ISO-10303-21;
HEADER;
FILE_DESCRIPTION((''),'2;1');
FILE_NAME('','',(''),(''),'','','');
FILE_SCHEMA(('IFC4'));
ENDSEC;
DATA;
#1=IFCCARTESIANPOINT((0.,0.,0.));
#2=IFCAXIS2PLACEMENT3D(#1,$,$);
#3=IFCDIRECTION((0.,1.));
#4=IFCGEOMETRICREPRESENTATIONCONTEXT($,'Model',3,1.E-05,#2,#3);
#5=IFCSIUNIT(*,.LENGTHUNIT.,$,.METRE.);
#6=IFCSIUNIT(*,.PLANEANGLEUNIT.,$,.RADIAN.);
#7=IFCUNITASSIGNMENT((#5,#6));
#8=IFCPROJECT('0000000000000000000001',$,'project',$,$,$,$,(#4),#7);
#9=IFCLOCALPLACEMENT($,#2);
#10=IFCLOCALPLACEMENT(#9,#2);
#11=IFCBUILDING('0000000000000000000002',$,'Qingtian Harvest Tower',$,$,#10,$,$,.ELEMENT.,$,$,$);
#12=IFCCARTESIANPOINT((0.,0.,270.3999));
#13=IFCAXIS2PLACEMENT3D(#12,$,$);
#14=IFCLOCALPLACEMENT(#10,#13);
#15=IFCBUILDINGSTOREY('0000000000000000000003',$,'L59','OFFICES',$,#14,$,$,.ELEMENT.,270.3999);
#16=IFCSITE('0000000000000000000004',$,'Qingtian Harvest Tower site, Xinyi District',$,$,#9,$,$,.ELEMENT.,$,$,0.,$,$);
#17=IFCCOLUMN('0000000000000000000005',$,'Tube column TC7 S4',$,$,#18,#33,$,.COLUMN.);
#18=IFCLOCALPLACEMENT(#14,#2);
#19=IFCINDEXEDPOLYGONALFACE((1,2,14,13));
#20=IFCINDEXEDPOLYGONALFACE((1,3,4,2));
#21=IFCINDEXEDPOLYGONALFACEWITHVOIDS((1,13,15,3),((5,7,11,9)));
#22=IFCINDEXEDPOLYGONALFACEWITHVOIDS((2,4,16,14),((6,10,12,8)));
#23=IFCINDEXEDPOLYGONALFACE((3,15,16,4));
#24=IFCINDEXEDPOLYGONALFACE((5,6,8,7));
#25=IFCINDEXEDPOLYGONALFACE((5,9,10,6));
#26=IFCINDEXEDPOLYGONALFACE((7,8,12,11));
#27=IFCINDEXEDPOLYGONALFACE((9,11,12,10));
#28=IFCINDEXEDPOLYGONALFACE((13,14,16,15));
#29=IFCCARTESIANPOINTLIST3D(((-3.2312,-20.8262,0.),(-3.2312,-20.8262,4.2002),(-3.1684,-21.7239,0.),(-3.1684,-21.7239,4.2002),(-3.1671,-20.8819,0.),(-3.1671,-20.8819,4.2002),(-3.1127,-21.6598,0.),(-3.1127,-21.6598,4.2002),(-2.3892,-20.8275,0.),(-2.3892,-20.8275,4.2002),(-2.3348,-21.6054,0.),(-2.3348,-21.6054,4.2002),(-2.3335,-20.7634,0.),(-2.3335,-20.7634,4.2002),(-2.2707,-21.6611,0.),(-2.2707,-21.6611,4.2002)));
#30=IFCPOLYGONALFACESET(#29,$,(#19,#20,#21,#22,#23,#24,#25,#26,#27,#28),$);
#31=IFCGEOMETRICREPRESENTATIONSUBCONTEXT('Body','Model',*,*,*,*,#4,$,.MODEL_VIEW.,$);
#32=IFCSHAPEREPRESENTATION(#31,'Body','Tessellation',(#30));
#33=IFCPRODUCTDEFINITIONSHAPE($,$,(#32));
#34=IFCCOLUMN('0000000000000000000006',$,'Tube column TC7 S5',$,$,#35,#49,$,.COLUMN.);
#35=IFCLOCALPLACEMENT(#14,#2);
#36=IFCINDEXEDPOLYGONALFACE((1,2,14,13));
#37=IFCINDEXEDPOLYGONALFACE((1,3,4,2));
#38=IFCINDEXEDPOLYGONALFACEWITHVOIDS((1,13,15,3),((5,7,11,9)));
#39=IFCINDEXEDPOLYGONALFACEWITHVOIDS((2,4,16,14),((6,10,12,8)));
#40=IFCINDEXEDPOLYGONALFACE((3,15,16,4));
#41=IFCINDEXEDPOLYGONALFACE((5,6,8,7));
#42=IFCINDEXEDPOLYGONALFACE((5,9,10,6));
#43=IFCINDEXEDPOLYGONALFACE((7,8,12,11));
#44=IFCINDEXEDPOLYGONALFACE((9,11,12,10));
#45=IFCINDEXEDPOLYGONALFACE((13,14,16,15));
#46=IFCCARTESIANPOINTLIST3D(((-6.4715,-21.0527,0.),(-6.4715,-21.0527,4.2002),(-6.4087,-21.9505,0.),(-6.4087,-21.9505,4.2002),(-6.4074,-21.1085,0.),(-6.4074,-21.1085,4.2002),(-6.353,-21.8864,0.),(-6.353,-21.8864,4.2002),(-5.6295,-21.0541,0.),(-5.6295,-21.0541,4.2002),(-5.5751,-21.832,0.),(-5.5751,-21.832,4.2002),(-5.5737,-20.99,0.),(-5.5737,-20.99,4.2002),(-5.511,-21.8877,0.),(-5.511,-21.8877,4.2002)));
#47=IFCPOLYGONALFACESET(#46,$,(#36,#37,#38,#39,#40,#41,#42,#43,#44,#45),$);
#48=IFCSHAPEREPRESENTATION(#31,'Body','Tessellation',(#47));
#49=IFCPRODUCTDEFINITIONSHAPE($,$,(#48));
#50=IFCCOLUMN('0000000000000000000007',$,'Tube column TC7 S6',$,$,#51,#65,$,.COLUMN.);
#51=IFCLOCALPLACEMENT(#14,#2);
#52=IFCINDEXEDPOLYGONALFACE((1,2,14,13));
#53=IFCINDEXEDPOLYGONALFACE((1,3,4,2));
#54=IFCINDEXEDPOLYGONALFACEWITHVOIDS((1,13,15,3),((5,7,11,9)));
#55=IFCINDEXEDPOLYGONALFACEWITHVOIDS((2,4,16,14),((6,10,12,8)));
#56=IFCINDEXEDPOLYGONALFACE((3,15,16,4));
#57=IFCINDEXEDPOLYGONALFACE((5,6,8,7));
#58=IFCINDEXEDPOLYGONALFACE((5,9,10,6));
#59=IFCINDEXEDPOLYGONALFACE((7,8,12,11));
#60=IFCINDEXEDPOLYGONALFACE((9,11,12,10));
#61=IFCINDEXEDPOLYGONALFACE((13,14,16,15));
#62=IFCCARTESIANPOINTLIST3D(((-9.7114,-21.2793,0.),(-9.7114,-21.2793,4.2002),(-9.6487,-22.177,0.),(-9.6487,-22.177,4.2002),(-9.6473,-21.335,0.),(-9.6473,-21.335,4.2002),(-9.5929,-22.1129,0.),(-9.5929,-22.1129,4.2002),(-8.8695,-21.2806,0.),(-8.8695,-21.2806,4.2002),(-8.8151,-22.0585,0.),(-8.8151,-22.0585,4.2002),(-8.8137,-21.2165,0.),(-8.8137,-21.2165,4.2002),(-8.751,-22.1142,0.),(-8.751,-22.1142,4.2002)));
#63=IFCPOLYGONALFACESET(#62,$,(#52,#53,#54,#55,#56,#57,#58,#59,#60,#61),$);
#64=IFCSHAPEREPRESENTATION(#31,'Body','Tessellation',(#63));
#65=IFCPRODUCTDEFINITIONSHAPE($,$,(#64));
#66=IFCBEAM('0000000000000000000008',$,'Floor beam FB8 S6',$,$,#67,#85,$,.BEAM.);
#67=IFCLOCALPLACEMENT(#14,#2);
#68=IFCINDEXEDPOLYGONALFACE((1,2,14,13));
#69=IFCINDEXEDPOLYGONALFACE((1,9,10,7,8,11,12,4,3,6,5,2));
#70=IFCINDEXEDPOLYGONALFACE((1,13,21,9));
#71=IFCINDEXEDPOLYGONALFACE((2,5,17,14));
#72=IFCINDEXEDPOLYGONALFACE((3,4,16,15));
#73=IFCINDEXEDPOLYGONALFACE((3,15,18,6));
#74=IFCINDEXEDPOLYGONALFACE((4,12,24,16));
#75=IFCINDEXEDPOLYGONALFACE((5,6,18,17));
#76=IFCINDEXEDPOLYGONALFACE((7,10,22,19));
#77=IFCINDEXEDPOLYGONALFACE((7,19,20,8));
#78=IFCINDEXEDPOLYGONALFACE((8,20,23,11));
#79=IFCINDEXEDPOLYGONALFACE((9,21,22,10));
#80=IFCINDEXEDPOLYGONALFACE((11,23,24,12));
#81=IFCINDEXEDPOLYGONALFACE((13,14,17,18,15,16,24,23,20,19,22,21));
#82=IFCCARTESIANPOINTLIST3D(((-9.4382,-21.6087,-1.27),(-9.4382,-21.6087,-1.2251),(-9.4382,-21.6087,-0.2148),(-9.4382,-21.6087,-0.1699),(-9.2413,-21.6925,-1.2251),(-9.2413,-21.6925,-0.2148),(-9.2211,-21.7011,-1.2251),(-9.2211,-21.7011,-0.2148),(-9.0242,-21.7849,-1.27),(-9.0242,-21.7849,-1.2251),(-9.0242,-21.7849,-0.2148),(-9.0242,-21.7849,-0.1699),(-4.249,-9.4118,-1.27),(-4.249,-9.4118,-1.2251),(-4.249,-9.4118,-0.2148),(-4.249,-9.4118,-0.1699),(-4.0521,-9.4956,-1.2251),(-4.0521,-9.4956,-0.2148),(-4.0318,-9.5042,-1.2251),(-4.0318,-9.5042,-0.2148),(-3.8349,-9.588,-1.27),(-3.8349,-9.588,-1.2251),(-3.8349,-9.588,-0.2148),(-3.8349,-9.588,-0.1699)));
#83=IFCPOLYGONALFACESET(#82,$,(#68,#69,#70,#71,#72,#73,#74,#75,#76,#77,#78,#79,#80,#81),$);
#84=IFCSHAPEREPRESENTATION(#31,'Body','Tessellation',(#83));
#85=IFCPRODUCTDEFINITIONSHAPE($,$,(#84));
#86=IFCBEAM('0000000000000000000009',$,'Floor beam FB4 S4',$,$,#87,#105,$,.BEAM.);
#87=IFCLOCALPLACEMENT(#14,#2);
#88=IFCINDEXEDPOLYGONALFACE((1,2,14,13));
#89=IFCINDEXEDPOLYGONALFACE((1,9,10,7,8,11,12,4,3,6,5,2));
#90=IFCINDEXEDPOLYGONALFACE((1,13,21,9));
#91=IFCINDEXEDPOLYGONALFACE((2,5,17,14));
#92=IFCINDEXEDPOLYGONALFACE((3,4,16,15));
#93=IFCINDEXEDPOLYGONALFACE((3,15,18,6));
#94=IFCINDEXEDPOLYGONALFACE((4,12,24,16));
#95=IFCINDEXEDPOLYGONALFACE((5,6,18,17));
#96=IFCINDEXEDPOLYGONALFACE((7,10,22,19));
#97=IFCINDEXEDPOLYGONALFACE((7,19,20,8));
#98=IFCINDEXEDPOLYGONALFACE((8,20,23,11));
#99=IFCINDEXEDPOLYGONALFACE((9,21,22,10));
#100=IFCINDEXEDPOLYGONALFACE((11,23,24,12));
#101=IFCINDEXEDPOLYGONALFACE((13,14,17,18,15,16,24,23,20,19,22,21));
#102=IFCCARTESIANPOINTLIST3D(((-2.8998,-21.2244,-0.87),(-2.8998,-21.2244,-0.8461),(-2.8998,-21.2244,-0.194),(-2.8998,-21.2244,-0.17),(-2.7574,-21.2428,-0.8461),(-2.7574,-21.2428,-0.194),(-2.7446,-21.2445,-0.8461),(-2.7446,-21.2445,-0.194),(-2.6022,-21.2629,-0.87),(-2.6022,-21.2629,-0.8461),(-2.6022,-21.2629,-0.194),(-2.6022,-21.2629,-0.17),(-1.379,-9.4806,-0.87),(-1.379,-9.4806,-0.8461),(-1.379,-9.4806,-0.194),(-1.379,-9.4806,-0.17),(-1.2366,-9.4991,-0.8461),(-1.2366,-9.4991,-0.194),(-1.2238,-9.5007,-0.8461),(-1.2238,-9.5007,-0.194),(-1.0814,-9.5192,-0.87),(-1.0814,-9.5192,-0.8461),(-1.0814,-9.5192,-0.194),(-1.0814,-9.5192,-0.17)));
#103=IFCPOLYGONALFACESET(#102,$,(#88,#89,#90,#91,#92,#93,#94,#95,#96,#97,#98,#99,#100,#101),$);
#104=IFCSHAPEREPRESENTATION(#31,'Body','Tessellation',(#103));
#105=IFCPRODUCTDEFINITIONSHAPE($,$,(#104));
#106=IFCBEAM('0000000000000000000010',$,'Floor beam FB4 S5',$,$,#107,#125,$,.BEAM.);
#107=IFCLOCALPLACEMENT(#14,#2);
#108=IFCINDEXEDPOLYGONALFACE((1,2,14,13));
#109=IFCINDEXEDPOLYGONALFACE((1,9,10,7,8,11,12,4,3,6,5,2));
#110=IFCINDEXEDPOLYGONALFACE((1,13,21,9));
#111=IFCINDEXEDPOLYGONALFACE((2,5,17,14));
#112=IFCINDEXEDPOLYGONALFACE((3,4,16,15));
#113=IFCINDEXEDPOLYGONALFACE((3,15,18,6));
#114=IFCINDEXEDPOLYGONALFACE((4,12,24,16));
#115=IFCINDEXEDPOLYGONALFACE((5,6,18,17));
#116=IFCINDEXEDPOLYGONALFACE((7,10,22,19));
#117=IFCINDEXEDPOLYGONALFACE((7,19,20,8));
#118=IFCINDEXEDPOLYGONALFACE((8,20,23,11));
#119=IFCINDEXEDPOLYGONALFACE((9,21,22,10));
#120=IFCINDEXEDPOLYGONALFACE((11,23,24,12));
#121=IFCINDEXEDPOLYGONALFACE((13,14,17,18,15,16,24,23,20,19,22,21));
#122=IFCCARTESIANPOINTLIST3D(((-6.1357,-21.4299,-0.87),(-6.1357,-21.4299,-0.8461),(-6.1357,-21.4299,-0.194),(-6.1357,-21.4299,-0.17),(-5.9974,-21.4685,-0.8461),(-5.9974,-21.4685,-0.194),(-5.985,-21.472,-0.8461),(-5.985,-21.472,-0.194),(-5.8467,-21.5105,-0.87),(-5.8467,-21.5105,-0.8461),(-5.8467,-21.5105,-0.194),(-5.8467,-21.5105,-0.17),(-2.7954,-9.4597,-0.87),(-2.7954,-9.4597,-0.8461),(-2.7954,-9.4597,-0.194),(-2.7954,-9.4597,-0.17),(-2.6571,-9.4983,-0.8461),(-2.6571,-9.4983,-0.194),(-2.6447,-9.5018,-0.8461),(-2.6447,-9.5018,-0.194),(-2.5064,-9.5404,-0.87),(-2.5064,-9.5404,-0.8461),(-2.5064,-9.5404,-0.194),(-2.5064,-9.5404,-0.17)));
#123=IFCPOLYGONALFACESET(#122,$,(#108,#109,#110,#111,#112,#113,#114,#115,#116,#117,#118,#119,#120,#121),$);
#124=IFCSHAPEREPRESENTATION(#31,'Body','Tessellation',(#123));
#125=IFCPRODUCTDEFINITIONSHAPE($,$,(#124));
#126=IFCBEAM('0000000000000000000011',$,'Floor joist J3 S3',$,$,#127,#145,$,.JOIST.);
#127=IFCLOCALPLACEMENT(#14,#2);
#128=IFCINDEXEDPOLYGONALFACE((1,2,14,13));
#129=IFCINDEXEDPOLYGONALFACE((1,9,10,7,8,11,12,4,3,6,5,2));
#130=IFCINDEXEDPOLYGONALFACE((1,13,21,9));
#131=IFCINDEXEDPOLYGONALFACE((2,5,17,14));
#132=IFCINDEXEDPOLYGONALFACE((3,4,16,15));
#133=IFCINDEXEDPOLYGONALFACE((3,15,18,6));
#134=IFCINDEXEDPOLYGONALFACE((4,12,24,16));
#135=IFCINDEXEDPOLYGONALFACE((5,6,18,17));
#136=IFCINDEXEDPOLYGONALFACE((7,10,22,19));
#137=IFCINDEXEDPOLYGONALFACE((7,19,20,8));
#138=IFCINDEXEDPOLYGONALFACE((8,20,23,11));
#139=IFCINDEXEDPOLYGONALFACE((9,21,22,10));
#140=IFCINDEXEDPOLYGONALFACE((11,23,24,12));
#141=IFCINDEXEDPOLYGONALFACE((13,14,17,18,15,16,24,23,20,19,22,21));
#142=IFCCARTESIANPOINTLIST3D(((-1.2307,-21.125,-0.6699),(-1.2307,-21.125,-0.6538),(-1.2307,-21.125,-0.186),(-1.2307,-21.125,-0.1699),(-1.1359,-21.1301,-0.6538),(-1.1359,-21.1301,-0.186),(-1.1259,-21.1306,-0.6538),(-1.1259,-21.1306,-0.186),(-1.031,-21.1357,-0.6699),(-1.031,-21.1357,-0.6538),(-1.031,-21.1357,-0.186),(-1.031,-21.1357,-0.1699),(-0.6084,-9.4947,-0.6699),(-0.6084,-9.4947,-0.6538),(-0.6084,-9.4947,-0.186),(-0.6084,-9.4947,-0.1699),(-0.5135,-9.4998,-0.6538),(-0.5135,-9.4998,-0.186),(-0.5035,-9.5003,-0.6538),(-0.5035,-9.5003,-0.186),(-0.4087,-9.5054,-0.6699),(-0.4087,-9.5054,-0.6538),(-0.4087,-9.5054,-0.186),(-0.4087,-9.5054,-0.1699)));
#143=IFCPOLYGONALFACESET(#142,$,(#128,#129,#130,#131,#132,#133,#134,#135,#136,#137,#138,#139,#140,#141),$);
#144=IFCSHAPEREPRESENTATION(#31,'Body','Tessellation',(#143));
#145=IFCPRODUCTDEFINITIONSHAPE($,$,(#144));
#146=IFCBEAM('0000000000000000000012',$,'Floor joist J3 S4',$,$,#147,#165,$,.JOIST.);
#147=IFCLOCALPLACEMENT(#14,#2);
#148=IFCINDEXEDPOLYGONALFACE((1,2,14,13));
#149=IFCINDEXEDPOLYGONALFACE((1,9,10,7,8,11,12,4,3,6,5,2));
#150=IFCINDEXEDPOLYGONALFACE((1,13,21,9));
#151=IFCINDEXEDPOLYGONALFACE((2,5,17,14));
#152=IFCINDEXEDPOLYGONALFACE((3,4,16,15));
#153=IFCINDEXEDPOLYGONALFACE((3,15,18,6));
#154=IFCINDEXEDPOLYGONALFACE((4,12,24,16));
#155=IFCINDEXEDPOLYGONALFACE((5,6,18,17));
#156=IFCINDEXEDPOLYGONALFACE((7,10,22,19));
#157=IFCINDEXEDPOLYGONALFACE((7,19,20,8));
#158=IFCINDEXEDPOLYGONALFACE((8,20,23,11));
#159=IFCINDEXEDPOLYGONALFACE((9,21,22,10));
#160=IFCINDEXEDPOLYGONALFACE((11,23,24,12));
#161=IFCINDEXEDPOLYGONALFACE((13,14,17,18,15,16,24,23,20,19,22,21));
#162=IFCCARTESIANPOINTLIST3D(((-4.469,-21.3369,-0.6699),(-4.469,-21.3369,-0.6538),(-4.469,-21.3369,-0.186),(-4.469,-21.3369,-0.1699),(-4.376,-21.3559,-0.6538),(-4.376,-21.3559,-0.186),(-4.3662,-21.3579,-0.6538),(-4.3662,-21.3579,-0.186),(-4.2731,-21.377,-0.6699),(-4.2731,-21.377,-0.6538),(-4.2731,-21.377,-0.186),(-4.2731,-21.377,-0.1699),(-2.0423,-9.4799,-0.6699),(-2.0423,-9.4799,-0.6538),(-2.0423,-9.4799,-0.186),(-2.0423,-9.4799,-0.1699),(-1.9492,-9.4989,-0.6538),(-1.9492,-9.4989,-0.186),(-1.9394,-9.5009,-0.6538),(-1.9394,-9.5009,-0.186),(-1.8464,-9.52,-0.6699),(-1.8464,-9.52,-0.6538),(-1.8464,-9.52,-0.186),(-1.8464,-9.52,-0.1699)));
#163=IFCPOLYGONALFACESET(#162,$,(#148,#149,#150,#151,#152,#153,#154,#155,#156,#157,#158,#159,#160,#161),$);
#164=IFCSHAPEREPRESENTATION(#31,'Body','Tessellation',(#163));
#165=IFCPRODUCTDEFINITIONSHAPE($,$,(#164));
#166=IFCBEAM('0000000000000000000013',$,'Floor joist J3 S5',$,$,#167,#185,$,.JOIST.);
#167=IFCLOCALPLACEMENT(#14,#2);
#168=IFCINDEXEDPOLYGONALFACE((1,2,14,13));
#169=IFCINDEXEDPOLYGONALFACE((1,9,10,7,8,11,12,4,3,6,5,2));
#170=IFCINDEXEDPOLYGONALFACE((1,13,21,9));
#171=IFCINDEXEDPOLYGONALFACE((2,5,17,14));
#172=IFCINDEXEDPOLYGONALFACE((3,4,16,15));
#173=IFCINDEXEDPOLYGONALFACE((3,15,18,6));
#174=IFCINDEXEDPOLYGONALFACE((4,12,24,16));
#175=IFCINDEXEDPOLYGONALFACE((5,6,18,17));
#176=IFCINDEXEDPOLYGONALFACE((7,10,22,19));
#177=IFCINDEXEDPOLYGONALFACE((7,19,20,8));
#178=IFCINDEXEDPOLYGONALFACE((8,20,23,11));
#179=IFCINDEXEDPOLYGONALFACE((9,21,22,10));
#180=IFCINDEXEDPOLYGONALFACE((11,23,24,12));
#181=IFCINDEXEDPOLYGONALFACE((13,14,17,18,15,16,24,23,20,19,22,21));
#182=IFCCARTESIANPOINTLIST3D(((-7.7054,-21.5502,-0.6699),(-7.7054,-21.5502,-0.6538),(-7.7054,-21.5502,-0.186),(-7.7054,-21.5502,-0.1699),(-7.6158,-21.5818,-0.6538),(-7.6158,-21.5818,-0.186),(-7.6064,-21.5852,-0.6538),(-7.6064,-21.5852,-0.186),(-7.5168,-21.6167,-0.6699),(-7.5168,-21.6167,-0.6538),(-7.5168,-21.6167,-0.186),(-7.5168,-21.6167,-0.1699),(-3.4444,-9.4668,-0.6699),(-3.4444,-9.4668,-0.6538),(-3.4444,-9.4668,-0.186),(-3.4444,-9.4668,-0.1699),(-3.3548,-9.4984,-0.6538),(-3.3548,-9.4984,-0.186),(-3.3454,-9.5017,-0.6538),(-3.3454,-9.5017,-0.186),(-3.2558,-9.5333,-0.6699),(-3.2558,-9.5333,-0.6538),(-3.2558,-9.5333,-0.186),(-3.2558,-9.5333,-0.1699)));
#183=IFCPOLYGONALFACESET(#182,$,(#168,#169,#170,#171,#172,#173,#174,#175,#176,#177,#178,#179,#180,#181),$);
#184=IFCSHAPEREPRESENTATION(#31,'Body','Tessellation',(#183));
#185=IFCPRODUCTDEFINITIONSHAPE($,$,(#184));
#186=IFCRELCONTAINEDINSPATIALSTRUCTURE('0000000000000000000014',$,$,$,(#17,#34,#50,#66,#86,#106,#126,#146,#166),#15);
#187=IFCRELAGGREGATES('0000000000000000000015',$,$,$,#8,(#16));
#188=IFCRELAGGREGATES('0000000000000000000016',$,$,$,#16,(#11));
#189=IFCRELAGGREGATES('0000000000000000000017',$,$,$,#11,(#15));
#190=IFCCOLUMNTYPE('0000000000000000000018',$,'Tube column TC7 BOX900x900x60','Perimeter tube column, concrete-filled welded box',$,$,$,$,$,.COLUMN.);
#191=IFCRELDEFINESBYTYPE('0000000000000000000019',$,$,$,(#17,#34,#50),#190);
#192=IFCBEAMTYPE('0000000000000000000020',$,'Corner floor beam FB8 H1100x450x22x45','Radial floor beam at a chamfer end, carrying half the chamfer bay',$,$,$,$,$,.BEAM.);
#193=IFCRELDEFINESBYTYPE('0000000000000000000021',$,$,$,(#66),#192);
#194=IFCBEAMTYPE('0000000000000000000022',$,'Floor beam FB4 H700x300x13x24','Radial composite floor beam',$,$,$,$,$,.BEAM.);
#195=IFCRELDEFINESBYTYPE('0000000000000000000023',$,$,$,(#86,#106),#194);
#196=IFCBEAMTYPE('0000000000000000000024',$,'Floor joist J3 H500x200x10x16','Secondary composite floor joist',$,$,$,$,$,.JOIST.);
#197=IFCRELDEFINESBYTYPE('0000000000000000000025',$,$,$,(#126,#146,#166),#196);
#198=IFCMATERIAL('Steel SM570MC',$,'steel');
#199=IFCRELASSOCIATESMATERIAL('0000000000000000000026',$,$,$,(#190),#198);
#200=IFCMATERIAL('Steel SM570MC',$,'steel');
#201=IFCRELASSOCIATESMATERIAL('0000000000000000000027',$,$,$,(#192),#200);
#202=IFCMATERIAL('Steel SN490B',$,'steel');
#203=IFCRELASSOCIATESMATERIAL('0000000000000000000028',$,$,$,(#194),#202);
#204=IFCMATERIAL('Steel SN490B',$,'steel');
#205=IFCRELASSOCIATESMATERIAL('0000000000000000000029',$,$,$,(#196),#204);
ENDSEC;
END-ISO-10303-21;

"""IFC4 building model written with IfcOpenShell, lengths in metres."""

from ifc_helpers import new_model, si_unit, direction, frame, origin, origin_2d, place, context, subcontext, project, spatial, hollow_rectangle, i_section, extrude, material, material_profile, profile_set, type_object, element, save


model = new_model("IFC4")

# Units and contexts
model_context = context("Model", 3, precision=1e-05, world=origin(), true_north=direction((0.0, 1.0)))
body_context = subcontext(model_context, "Body", "Model", "MODEL_VIEW")
ifc_project = project(units=[si_unit("LENGTHUNIT", "METRE"), si_unit("PLANEANGLEUNIT", "RADIAN")], contexts=[model_context])

# Site, building, storey
site_placement = place(None, origin())
site = spatial("IfcSite", under=ifc_project, at=site_placement, Name="Qingtian Harvest Tower site, Xinyi District", CompositionType="ELEMENT", RefElevation=0.0)
building_placement = place(site_placement, origin())
building = spatial("IfcBuilding", under=site, at=building_placement, Name="Qingtian Harvest Tower", CompositionType="ELEMENT")
storey_placement = place(building_placement, frame((0.0, 0.0, 270.3999)))
storey = spatial("IfcBuildingStorey", under=building, at=storey_placement, Name="L59", Description="OFFICES", CompositionType="ELEMENT", Elevation=270.3999)

# Columns
ifc_material_1 = material(Name="Steel SM570MC", Category="steel")
ifc_material_profile_1 = material_profile(ifc_material_1, hollow_rectangle(XDim=0.8999, YDim=0.8999, WallThickness=0.0601, at=origin_2d()), Name="BOX900x900x60")
ifc_profile_set_1 = profile_set([ifc_material_profile_1], Name="Steel SM570MC")
column_type = type_object("IfcColumnType", Name="Tube column TC7 BOX900x900x60", Description="Perimeter tube column, concrete-filled welded box", PredefinedType="COLUMN", material=ifc_profile_set_1)
for number, where, z_axis, x_axis, name in (
    (1, (-2.751, -21.2437, 0.0), (0.0, 0.0, 1.0), (0.997564, 0.069756, 0.0), "Tube column TC7 S4"),
    (2, (-5.9912, -21.4702, 0.0), (0.0, 0.0, 1.0), (0.997564, 0.069756, 0.0), "Tube column TC7 S5"),
    (3, (-9.2312, -21.6968, 0.0), (0.0, 0.0, 1.0), (0.997564, 0.069756, 0.0), "Tube column TC7 S6"),
):
    element("IfcColumn", number, at=place(storey_placement, frame(where, z_axis=z_axis, x_axis=x_axis)), inside=storey, type_object=column_type, Name=name, PredefinedType="COLUMN", context=body_context, shape_type="SweptSolid", body=[
        extrude(hollow_rectangle(XDim=0.8999, YDim=0.8999, WallThickness=0.0601, at=origin_2d()), origin(), (0.0, 0.0, 1.0), 4.2002),
    ])

# Beams
ifc_material_2 = material(Name="Steel SM570MC", Category="steel")
ifc_material_profile_2 = material_profile(ifc_material_2, i_section(OverallWidth=0.45, OverallDepth=1.1001, WebThickness=0.022, FlangeThickness=0.0449, at=origin_2d()), Name="H1100x450x22x45")
ifc_profile_set_2 = profile_set([ifc_material_profile_2], Name="Steel SM570MC")
beam_type_1 = type_object("IfcBeamType", Name="Corner floor beam FB8 H1100x450x22x45", Description="Radial floor beam at a chamfer end, carrying half the chamfer bay", PredefinedType="BEAM", material=ifc_profile_set_2)
beam_1_placement = place(storey_placement, frame((-9.2312, -21.6968, -0.72), z_axis=(0.391497, 0.920179, 0.0), x_axis=(-0.920179, 0.391497, 0.0)))
element("IfcBeam", 4, at=beam_1_placement, inside=storey, type_object=beam_type_1, Name="Floor beam FB8 S6", PredefinedType="BEAM", context=body_context, shape_type="SweptSolid", body=[
    extrude(i_section(OverallWidth=0.45, OverallDepth=1.1001, WebThickness=0.022, FlangeThickness=0.0449, at=origin_2d()), origin(), (0.0, 0.0, 1.0), 13.2549),
])
ifc_material_3 = material(Name="Steel SN490B", Category="steel")
ifc_material_profile_3 = material_profile(ifc_material_3, i_section(OverallWidth=0.3, OverallDepth=0.7, WebThickness=0.0129, FlangeThickness=0.0239, at=origin_2d()), Name="H700x300x13x24")
ifc_profile_set_3 = profile_set([ifc_material_profile_3], Name="Steel SN490B")
beam_type_2 = type_object("IfcBeamType", Name="Floor beam FB4 H700x300x13x24", Description="Radial composite floor beam", PredefinedType="BEAM", material=ifc_profile_set_3)
beam_2_placement = place(storey_placement, frame((-2.751, -21.2437, -0.52), z_axis=(0.128423, 0.991719, 0.0), x_axis=(-0.991719, 0.128423, 0.0)))
element("IfcBeam", 5, at=beam_2_placement, inside=storey, type_object=beam_type_2, Name="Floor beam FB4 S4", PredefinedType="BEAM", context=body_context, shape_type="SweptSolid", body=[
    extrude(i_section(OverallWidth=0.3, OverallDepth=0.7, WebThickness=0.0129, FlangeThickness=0.0239, at=origin_2d()), origin(), (0.0, 0.0, 1.0), 11.8418),
])
beam_3_placement = place(storey_placement, frame((-5.9912, -21.4702, -0.52), z_axis=(0.268785, 0.9632, 0.0), x_axis=(-0.9632, 0.268785, 0.0)))
element("IfcBeam", 6, at=beam_3_placement, inside=storey, type_object=beam_type_2, Name="Floor beam FB4 S5", PredefinedType="BEAM", context=body_context, shape_type="SweptSolid", body=[
    extrude(i_section(OverallWidth=0.3, OverallDepth=0.7, WebThickness=0.0129, FlangeThickness=0.0239, at=origin_2d()), origin(), (0.0, 0.0, 1.0), 12.4275),
])
ifc_material_4 = material(Name="Steel SN490B", Category="steel")
ifc_material_profile_4 = material_profile(ifc_material_4, i_section(OverallWidth=0.2, OverallDepth=0.5, WebThickness=0.01, FlangeThickness=0.0161, at=origin_2d()), Name="H500x200x10x16")
ifc_profile_set_4 = profile_set([ifc_material_profile_4], Name="Steel SN490B")
beam_type_3 = type_object("IfcBeamType", Name="Floor joist J3 H500x200x10x16", Description="Secondary composite floor joist", PredefinedType="JOIST", material=ifc_profile_set_4)
beam_4_placement = place(storey_placement, frame((-1.1309, -21.1304, -0.4199), z_axis=(0.053431, 0.998572, 0.0), x_axis=(-0.998572, 0.053431, 0.0)))
element("IfcBeam", 7, at=beam_4_placement, inside=storey, type_object=beam_type_3, Name="Floor joist J3 S3", PredefinedType="JOIST", context=body_context, shape_type="SweptSolid", body=[
    extrude(i_section(OverallWidth=0.2, OverallDepth=0.5, WebThickness=0.01, FlangeThickness=0.0161, at=origin_2d()), origin(), (0.0, 0.0, 1.0), 11.647),
])
beam_5_placement = place(storey_placement, frame((-4.3711, -21.3569, -0.4199), z_axis=(0.200513, 0.979691, 0.0), x_axis=(-0.979691, 0.200513, 0.0)))
element("IfcBeam", 8, at=beam_5_placement, inside=storey, type_object=beam_type_3, Name="Floor joist J3 S4", PredefinedType="JOIST", context=body_context, shape_type="SweptSolid", body=[
    extrude(i_section(OverallWidth=0.2, OverallDepth=0.5, WebThickness=0.01, FlangeThickness=0.0161, at=origin_2d()), origin(), (0.0, 0.0, 1.0), 12.1028),
])
beam_6_placement = place(storey_placement, frame((-7.6111, -21.5835, -0.4199), z_axis=(0.332558, 0.943083, 0.0), x_axis=(-0.943083, 0.332558, 0.0)))
element("IfcBeam", 9, at=beam_6_placement, inside=storey, type_object=beam_type_3, Name="Floor joist J3 S5", PredefinedType="JOIST", context=body_context, shape_type="SweptSolid", body=[
    extrude(i_section(OverallWidth=0.2, OverallDepth=0.5, WebThickness=0.01, FlangeThickness=0.0161, at=origin_2d()), origin(), (0.0, 0.0, 1.0), 12.8127),
])

save(model, "model.ifc")
